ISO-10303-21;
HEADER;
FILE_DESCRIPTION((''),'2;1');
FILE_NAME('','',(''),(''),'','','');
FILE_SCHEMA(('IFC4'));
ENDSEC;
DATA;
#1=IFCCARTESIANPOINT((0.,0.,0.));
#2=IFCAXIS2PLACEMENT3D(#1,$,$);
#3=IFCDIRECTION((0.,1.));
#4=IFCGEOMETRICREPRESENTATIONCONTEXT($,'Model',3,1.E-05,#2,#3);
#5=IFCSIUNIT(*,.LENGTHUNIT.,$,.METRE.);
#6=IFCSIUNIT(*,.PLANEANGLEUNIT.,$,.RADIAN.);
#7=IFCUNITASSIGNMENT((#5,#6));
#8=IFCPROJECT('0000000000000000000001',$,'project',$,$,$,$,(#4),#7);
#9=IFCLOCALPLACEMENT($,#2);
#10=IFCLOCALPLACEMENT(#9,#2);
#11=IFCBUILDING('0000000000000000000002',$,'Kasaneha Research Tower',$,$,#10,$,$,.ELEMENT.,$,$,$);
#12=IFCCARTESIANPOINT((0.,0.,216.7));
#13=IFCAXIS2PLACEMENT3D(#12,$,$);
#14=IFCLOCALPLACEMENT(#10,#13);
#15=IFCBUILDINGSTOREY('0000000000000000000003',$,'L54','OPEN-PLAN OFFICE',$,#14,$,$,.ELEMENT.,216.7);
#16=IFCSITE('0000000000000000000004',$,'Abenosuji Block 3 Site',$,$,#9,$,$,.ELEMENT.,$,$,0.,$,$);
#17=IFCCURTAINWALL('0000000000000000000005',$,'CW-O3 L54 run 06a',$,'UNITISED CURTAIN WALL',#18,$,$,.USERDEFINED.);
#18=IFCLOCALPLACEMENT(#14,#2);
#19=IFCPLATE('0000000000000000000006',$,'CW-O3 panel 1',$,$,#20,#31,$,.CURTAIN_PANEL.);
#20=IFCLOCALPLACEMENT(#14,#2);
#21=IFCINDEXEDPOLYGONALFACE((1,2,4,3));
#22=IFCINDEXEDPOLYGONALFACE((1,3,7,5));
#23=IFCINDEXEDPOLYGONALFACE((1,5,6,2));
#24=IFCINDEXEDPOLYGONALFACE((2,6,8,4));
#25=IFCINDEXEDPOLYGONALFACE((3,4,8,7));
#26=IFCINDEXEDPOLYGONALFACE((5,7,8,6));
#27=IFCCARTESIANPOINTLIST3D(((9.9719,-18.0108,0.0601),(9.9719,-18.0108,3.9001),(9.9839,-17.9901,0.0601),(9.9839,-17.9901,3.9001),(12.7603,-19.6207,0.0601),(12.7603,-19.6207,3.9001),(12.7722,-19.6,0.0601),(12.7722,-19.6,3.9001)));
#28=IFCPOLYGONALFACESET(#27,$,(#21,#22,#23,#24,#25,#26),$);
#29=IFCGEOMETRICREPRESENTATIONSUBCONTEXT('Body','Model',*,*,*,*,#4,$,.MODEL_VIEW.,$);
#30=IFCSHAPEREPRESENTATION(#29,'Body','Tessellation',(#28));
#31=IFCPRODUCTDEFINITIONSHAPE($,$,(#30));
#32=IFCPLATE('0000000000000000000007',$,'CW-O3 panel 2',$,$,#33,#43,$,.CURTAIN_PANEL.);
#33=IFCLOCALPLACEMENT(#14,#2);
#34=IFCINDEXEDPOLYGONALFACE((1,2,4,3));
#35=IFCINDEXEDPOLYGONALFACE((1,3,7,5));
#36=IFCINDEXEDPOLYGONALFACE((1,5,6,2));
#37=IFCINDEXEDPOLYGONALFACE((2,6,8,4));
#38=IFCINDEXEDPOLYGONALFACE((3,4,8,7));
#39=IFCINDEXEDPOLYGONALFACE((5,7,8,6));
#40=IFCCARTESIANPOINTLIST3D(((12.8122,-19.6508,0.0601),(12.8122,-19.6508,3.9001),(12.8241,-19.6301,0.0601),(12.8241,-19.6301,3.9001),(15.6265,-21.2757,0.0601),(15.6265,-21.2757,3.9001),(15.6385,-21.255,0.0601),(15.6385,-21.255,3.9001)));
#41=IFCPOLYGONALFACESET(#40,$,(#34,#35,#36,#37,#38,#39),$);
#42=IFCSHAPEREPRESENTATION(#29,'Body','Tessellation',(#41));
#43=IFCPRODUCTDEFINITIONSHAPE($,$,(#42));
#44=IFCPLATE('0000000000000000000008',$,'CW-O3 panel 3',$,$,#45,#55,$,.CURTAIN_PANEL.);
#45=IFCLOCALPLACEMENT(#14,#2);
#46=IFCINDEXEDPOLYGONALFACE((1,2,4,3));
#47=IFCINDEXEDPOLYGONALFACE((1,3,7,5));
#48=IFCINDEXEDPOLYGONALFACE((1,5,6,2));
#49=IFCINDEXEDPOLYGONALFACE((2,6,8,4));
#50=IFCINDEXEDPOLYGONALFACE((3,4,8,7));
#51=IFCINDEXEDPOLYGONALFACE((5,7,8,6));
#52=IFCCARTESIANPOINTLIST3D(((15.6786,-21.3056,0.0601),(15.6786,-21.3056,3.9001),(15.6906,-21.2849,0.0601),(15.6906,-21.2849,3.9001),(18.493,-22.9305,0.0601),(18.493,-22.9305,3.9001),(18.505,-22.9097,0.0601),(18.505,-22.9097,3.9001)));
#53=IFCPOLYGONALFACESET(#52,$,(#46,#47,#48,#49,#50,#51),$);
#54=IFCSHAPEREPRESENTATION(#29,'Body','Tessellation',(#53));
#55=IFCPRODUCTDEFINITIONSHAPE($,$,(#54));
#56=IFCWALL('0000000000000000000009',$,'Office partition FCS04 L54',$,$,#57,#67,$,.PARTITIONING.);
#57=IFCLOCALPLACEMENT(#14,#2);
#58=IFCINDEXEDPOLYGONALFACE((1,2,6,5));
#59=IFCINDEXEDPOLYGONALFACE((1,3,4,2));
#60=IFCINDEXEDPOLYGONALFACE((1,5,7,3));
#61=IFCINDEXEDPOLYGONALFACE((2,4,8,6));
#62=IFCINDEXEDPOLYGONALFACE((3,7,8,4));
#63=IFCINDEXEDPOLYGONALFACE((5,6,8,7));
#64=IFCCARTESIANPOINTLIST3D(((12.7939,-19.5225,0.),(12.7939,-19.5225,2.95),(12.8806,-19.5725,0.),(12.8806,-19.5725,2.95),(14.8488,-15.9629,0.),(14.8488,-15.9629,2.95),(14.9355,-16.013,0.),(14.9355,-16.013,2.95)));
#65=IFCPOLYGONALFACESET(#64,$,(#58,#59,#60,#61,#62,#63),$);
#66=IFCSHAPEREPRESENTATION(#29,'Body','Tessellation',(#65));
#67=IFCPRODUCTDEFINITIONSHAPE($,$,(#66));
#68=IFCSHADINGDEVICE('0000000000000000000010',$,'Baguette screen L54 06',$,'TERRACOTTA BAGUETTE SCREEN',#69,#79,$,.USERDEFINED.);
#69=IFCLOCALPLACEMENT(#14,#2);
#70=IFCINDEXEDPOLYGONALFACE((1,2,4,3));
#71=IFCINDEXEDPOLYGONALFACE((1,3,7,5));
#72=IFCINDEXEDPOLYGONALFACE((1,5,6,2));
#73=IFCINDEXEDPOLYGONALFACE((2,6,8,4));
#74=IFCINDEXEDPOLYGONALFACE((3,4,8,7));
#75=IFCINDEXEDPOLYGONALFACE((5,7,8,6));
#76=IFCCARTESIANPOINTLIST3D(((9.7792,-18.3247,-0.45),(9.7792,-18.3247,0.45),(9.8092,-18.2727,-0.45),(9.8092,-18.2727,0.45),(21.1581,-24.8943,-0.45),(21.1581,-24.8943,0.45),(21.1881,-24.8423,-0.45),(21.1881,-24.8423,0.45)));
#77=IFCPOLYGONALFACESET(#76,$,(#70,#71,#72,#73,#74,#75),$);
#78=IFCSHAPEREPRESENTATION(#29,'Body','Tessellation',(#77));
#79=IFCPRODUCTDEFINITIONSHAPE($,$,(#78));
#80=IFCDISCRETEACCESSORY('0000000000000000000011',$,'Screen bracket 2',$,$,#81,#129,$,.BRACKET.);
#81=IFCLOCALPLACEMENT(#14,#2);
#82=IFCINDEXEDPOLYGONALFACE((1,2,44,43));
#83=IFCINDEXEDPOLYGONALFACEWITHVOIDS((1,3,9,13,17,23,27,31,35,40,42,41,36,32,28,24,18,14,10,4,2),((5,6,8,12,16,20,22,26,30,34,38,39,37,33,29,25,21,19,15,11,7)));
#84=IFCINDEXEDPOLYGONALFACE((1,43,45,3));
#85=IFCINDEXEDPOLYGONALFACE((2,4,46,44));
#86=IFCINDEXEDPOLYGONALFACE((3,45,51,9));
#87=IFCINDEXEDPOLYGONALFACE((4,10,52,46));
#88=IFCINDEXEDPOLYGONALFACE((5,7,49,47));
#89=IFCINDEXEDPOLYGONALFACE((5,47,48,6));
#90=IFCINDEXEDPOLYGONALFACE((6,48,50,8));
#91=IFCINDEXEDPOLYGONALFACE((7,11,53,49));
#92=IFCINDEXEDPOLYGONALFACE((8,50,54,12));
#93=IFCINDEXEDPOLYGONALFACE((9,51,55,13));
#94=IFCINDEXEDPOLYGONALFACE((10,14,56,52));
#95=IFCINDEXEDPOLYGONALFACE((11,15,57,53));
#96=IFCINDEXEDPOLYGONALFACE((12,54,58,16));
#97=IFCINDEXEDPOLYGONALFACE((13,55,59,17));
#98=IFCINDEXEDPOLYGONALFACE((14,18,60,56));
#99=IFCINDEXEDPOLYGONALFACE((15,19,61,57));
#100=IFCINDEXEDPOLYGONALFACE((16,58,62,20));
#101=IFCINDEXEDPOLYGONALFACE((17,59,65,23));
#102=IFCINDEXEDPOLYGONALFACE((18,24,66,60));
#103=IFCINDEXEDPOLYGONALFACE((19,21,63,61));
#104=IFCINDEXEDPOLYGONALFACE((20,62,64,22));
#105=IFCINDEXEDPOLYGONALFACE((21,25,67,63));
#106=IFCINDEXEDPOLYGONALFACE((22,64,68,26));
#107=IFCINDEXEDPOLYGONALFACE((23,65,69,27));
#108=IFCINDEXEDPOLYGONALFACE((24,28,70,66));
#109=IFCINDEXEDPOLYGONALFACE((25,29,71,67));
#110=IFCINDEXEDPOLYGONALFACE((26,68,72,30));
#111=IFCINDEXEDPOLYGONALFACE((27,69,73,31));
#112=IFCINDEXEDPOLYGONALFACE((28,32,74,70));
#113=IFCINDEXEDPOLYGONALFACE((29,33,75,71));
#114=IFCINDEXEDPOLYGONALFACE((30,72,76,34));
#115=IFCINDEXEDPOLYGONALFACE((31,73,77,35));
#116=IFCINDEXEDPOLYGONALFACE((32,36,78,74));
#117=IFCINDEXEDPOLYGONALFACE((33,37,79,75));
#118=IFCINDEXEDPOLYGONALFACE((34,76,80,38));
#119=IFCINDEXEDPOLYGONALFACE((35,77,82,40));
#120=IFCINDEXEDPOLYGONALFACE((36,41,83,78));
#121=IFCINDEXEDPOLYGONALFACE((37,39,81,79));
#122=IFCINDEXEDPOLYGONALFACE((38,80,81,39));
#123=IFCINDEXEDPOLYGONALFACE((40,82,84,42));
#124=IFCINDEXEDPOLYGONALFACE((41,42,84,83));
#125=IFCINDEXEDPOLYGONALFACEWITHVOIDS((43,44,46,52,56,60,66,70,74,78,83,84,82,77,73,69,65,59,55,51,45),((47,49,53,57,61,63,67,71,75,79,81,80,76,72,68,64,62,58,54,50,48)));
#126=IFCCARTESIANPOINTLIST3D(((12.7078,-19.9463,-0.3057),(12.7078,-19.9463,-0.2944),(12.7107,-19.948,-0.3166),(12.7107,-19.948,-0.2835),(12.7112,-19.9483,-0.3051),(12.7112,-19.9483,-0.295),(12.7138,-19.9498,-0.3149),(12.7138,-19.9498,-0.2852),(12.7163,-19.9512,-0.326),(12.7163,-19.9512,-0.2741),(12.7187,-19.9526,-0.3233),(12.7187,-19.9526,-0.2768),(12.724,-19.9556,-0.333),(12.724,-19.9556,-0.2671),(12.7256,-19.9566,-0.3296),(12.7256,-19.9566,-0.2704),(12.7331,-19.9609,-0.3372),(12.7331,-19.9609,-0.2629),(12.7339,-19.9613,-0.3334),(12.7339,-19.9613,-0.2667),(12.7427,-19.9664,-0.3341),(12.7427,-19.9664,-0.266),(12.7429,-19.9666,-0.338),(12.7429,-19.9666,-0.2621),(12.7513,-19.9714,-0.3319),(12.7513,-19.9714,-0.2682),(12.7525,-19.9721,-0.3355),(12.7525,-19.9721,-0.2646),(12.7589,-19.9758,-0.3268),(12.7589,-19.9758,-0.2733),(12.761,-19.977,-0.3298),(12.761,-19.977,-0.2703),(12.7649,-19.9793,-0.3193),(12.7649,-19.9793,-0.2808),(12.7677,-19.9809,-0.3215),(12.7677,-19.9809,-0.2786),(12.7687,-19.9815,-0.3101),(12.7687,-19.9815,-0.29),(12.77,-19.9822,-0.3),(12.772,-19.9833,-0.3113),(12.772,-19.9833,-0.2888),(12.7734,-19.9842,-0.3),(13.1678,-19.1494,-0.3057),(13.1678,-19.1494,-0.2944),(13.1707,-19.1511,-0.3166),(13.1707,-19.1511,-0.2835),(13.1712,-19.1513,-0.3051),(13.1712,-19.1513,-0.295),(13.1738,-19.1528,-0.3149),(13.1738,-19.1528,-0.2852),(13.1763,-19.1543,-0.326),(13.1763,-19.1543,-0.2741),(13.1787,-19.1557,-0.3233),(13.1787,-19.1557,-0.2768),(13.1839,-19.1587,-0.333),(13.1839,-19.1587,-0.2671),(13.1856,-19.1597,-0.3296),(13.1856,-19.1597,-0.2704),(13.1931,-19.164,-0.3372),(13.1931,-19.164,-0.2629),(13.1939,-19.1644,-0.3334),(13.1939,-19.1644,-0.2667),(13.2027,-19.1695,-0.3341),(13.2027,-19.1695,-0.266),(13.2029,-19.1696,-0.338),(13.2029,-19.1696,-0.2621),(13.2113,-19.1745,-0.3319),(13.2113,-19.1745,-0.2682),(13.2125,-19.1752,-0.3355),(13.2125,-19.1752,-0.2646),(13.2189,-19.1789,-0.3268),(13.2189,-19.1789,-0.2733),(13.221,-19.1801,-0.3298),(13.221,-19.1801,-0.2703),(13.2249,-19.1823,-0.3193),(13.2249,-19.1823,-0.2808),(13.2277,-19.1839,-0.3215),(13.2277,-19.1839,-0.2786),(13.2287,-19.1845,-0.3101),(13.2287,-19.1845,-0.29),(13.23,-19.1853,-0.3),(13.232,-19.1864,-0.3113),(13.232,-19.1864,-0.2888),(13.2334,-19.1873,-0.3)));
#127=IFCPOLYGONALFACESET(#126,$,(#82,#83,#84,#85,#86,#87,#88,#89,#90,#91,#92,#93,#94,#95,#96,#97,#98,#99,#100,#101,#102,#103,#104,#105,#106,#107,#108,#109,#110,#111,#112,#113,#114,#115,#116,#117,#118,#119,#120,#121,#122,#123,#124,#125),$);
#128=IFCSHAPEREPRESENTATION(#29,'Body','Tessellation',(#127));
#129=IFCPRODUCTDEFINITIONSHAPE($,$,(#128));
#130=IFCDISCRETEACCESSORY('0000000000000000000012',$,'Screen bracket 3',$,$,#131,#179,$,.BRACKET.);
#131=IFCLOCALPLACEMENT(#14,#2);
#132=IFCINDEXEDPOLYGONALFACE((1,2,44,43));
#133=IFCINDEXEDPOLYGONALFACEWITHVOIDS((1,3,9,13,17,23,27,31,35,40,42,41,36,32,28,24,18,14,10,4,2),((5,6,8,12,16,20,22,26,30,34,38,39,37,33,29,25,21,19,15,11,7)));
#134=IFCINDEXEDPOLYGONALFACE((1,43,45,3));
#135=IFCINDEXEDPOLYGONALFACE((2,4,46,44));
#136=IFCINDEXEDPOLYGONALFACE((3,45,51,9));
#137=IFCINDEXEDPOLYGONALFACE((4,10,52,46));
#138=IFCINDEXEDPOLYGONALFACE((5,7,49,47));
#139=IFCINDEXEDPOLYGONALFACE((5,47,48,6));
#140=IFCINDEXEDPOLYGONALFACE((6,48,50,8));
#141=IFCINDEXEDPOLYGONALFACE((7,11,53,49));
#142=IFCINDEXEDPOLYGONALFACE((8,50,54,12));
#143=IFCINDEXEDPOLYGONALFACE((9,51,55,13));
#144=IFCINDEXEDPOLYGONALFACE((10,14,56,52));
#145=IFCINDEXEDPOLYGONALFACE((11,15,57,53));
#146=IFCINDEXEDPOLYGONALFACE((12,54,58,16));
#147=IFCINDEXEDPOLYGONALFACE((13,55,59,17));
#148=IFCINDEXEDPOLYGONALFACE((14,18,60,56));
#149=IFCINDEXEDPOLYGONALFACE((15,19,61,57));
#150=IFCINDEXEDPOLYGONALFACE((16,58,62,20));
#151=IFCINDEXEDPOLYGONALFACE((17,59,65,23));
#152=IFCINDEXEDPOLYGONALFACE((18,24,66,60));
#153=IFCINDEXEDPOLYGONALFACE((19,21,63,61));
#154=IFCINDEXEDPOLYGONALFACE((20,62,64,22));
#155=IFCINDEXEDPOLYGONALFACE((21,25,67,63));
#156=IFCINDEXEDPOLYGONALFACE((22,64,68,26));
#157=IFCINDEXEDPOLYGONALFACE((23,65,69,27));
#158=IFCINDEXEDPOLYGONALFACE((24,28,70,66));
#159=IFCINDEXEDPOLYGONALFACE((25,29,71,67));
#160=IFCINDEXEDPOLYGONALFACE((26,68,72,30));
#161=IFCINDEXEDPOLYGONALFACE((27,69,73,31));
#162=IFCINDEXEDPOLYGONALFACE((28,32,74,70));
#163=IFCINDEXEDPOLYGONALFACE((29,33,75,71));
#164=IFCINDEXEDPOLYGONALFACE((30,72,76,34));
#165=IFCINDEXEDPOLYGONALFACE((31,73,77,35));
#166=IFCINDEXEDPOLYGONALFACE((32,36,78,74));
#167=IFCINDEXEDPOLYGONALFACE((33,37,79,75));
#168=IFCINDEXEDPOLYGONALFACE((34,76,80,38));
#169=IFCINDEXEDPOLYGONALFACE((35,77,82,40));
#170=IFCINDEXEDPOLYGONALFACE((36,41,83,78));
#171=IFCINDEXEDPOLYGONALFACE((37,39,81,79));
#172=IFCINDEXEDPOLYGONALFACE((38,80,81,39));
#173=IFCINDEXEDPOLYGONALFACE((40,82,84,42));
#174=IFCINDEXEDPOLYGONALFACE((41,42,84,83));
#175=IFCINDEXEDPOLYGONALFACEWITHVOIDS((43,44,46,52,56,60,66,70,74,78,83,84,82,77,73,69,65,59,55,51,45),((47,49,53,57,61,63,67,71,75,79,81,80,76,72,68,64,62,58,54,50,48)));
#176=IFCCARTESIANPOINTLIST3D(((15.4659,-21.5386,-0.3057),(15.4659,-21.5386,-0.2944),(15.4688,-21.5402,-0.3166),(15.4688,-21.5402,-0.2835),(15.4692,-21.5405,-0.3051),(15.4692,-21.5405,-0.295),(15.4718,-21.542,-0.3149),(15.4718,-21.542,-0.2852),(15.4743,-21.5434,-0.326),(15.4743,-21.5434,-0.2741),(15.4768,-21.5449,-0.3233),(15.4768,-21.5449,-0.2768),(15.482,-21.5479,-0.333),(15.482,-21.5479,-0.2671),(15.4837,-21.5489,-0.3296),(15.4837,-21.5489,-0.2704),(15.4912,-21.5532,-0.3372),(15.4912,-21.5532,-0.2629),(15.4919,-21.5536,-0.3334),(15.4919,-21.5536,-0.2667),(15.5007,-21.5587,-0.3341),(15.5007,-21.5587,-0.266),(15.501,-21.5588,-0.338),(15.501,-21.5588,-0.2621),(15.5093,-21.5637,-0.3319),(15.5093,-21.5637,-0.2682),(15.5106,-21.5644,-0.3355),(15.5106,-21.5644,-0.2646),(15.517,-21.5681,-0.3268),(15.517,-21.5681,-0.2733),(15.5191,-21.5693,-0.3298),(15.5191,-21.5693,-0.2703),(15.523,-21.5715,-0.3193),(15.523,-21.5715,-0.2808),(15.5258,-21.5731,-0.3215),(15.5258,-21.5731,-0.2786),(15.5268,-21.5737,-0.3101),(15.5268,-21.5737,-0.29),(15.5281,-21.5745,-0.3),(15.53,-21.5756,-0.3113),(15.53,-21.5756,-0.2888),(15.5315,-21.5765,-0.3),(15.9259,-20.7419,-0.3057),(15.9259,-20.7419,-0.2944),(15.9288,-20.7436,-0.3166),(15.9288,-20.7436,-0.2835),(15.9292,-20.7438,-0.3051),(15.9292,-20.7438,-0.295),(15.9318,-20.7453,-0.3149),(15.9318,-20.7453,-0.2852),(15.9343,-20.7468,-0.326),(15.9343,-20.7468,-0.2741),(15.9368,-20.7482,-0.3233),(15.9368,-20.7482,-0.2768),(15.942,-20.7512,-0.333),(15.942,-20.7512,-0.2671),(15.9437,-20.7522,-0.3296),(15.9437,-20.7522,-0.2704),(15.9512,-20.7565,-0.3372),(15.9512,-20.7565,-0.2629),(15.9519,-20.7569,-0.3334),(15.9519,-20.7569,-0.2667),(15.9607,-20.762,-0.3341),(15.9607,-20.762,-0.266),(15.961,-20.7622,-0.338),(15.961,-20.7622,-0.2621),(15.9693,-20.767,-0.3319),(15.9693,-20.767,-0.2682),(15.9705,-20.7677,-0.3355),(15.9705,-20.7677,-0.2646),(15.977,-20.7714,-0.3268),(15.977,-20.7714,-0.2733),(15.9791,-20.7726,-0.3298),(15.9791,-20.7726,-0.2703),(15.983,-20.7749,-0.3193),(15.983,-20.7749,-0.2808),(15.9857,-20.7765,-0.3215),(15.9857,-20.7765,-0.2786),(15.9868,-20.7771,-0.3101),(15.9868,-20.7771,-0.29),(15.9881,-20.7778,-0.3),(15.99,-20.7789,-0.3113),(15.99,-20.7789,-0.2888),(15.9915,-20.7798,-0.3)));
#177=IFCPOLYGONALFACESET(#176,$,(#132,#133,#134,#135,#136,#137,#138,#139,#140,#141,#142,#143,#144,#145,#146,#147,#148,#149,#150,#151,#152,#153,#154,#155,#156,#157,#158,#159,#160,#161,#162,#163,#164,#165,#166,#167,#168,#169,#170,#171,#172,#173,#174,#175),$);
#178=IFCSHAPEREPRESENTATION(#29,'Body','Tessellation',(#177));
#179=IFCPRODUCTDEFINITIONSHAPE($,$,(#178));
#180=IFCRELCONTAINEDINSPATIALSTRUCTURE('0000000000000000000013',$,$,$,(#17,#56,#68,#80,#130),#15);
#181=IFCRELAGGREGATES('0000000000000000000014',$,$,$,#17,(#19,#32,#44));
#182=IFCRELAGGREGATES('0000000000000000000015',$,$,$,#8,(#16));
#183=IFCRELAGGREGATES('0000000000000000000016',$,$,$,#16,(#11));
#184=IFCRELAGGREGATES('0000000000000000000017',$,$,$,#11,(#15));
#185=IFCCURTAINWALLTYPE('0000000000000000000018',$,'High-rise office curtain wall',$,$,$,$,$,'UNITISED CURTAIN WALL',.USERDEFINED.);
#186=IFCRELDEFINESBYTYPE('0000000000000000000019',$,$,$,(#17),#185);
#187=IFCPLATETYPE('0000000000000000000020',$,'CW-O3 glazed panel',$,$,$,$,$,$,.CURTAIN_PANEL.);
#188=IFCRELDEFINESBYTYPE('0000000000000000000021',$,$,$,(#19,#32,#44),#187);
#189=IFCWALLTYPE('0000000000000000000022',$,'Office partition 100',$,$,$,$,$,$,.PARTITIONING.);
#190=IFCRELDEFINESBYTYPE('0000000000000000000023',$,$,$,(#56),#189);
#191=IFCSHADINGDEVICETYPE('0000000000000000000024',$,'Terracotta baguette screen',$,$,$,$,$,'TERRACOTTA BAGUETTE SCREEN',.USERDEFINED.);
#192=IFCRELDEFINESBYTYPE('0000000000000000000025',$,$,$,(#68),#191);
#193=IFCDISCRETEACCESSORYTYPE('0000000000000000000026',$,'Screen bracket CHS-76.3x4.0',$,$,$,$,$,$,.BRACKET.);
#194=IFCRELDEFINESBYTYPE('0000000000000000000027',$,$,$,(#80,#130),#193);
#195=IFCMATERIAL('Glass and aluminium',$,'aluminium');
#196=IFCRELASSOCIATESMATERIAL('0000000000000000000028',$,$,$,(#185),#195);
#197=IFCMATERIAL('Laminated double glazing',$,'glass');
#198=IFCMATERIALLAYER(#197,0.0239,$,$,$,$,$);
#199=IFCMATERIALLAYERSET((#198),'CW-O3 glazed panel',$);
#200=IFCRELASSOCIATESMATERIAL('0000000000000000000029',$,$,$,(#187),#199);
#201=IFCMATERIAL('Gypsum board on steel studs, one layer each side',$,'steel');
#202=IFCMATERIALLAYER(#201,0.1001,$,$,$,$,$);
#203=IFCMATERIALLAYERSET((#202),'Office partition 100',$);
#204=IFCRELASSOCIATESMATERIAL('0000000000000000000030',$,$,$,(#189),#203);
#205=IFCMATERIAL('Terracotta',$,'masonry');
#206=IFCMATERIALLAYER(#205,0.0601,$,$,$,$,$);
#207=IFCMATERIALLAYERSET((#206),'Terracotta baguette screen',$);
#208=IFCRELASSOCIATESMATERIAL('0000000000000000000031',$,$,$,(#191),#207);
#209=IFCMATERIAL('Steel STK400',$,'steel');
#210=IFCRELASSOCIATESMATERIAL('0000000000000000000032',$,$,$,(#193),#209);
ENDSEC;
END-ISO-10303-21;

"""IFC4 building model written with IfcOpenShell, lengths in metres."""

from ifc_helpers import new_model, si_unit, direction, frame, frame_2d, origin, origin_2d, place, context, subcontext, project, spatial, rectangle, hollow_circle, extrude, material, layer, layer_set, material_profile, profile_set, type_object, element, aggregate, save


model = new_model("IFC4")

# Units and contexts
model_context = context("Model", 3, precision=1e-05, world=origin(), true_north=direction((0.0, 1.0)))
body_context = subcontext(model_context, "Body", "Model", "MODEL_VIEW")
ifc_project = project(units=[si_unit("LENGTHUNIT", "METRE"), si_unit("PLANEANGLEUNIT", "RADIAN")], contexts=[model_context])

# Site, building, storey
site_placement = place(None, origin())
site = spatial("IfcSite", under=ifc_project, at=site_placement, Name="Abenosuji Block 3 Site", CompositionType="ELEMENT", RefElevation=0.0)
building_placement = place(site_placement, origin())
building = spatial("IfcBuilding", under=site, at=building_placement, Name="Kasaneha Research Tower", CompositionType="ELEMENT")
storey_placement = place(building_placement, frame((0.0, 0.0, 216.7)))
storey = spatial("IfcBuildingStorey", under=building, at=storey_placement, Name="L54", Description="OPEN-PLAN OFFICE", CompositionType="ELEMENT", Elevation=216.7)

# Curtain wall
ifc_material_1 = material(Name="Glass and aluminium", Category="aluminium")
curtain_wall_type = type_object("IfcCurtainWallType", Name="High-rise office curtain wall", ElementType="UNITISED CURTAIN WALL", PredefinedType="USERDEFINED", material=ifc_material_1)
curtain_wall_1_placement = place(storey_placement, origin())
curtain_wall_1 = element("IfcCurtainWall", 1, at=curtain_wall_1_placement, inside=storey, type_object=curtain_wall_type, Name="CW-O3 L54 run 06a", ObjectType="UNITISED CURTAIN WALL", PredefinedType="USERDEFINED")

# Plates
ifc_material_2 = material(Name="Laminated double glazing", Category="glass")
ifc_layer_1 = layer(ifc_material_2, 0.0239)
ifc_layer_set_1 = layer_set([ifc_layer_1], Name="CW-O3 glazed panel")
plate_type = type_object("IfcPlateType", Name="CW-O3 glazed panel", PredefinedType="CURTAIN_PANEL", material=ifc_layer_set_1)
plate_1_placement = place(storey_placement, frame((11.3721, -18.8054, 0.0601), z_axis=(0.0, 0.0, 1.0), x_axis=(0.866025, -0.5, 0.0)))
plate_1 = element("IfcPlate", 2, at=plate_1_placement, type_object=plate_type, Name="CW-O3 panel 1", PredefinedType="CURTAIN_PANEL", context=body_context, shape_type="SweptSolid", body=[
    extrude(rectangle(XDim=3.2197, YDim=0.0239, at=origin_2d()), origin(), (0.0, 0.0, 1.0), 3.8401),
])
plate_2_placement = place(storey_placement, frame((14.2253, -20.4529, 0.0601), z_axis=(0.0, 0.0, 1.0), x_axis=(0.866025, -0.5, 0.0)))
plate_2 = element("IfcPlate", 3, at=plate_2_placement, type_object=plate_type, Name="CW-O3 panel 2", PredefinedType="CURTAIN_PANEL", context=body_context, shape_type="SweptSolid", body=[
    extrude(rectangle(XDim=3.2498, YDim=0.0239, at=origin_2d()), origin(), (0.0, 0.0, 1.0), 3.8401),
])
plate_3_placement = place(storey_placement, frame((17.0918, -22.1077, 0.0601), z_axis=(0.0, 0.0, 1.0), x_axis=(0.866025, -0.5, 0.0)))
plate_3 = element("IfcPlate", 4, at=plate_3_placement, type_object=plate_type, Name="CW-O3 panel 3", PredefinedType="CURTAIN_PANEL", context=body_context, shape_type="SweptSolid", body=[
    extrude(rectangle(XDim=3.2498, YDim=0.0239, at=origin_2d()), origin(), (0.0, 0.0, 1.0), 3.8401),
])
aggregate(curtain_wall_1, [plate_1, plate_2, plate_3])

# Wall
ifc_material_3 = material(Name="Gypsum board on steel studs, one layer each side", Category="steel")
ifc_layer_2 = layer(ifc_material_3, 0.1001)
ifc_layer_set_2 = layer_set([ifc_layer_2], Name="Office partition 100")
wall_type = type_object("IfcWallType", Name="Office partition 100", PredefinedType="PARTITIONING", material=ifc_layer_set_2)
wall_placement = place(storey_placement, frame((12.8372, -19.5476, 0.0), z_axis=(0.0, 0.0, 1.0), x_axis=(0.499966, 0.866045, 0.0)))
element("IfcWall", 5, at=wall_placement, inside=storey, type_object=wall_type, Name="Office partition FCS04 L54", PredefinedType="PARTITIONING", context=body_context, shape_type="SweptSolid", body=[
    extrude(rectangle(XDim=4.1101, YDim=0.1001, at=frame_2d((2.0552, 0.0))), origin(), (0.0, 0.0, 1.0), 2.95),
])

# Shading device
ifc_material_4 = material(Name="Terracotta", Category="masonry")
ifc_layer_3 = layer(ifc_material_4, 0.0601)
ifc_layer_set_3 = layer_set([ifc_layer_3], Name="Terracotta baguette screen")
shading_device_type = type_object("IfcShadingDeviceType", Name="Terracotta baguette screen", ElementType="TERRACOTTA BAGUETTE SCREEN", PredefinedType="USERDEFINED", material=ifc_layer_set_3)
shading_device_placement = place(storey_placement, frame((15.4836, -21.5835, -0.45), z_axis=(0.0, 0.0, 1.0), x_axis=(0.866025, -0.5, 0.0)))
element("IfcShadingDevice", 6, at=shading_device_placement, inside=storey, type_object=shading_device_type, Name="Baguette screen L54 06", ObjectType="TERRACOTTA BAGUETTE SCREEN", PredefinedType="USERDEFINED", context=body_context, shape_type="SweptSolid", body=[
    extrude(rectangle(XDim=13.1392, YDim=0.0601, at=origin_2d()), origin(), (0.0, 0.0, 1.0), 0.8999),
])

# Discrete accessories
ifc_material_5 = material(Name="Steel STK400", Category="steel")
ifc_material_profile_1 = material_profile(ifc_material_5, hollow_circle(Radius=0.0381, WallThickness=0.0039, at=origin_2d()), Name="CHS-76.3x4.0")
ifc_profile_set_1 = profile_set([ifc_material_profile_1], Name="Steel STK400")
discrete_accessory_type = type_object("IfcDiscreteAccessoryType", Name="Screen bracket CHS-76.3x4.0", PredefinedType="BRACKET", material=ifc_profile_set_1)
discrete_accessory_1_placement = place(storey_placement, frame((13.2004, -19.1682, -0.3), z_axis=(-0.499906, -0.86608, 0.0), x_axis=(0.86608, -0.499906, 0.0)))
element("IfcDiscreteAccessory", 7, at=discrete_accessory_1_placement, inside=storey, type_object=discrete_accessory_type, Name="Screen bracket 2", PredefinedType="BRACKET", context=body_context, shape_type="SweptSolid", body=[
    extrude(hollow_circle(Radius=0.0381, WallThickness=0.0039, at=origin_2d()), origin(), (0.0, 0.0, 1.0), 0.9202),
])
discrete_accessory_2_placement = place(storey_placement, frame((15.9585, -20.7607, -0.3), z_axis=(-0.500021, -0.866013, 0.0), x_axis=(0.866013, -0.500021, 0.0)))
element("IfcDiscreteAccessory", 8, at=discrete_accessory_2_placement, inside=storey, type_object=discrete_accessory_type, Name="Screen bracket 3", PredefinedType="BRACKET", context=body_context, shape_type="SweptSolid", body=[
    extrude(hollow_circle(Radius=0.0381, WallThickness=0.0039, at=origin_2d()), origin(), (0.0, 0.0, 1.0), 0.9199),
])

save(model, "model.ifc")
